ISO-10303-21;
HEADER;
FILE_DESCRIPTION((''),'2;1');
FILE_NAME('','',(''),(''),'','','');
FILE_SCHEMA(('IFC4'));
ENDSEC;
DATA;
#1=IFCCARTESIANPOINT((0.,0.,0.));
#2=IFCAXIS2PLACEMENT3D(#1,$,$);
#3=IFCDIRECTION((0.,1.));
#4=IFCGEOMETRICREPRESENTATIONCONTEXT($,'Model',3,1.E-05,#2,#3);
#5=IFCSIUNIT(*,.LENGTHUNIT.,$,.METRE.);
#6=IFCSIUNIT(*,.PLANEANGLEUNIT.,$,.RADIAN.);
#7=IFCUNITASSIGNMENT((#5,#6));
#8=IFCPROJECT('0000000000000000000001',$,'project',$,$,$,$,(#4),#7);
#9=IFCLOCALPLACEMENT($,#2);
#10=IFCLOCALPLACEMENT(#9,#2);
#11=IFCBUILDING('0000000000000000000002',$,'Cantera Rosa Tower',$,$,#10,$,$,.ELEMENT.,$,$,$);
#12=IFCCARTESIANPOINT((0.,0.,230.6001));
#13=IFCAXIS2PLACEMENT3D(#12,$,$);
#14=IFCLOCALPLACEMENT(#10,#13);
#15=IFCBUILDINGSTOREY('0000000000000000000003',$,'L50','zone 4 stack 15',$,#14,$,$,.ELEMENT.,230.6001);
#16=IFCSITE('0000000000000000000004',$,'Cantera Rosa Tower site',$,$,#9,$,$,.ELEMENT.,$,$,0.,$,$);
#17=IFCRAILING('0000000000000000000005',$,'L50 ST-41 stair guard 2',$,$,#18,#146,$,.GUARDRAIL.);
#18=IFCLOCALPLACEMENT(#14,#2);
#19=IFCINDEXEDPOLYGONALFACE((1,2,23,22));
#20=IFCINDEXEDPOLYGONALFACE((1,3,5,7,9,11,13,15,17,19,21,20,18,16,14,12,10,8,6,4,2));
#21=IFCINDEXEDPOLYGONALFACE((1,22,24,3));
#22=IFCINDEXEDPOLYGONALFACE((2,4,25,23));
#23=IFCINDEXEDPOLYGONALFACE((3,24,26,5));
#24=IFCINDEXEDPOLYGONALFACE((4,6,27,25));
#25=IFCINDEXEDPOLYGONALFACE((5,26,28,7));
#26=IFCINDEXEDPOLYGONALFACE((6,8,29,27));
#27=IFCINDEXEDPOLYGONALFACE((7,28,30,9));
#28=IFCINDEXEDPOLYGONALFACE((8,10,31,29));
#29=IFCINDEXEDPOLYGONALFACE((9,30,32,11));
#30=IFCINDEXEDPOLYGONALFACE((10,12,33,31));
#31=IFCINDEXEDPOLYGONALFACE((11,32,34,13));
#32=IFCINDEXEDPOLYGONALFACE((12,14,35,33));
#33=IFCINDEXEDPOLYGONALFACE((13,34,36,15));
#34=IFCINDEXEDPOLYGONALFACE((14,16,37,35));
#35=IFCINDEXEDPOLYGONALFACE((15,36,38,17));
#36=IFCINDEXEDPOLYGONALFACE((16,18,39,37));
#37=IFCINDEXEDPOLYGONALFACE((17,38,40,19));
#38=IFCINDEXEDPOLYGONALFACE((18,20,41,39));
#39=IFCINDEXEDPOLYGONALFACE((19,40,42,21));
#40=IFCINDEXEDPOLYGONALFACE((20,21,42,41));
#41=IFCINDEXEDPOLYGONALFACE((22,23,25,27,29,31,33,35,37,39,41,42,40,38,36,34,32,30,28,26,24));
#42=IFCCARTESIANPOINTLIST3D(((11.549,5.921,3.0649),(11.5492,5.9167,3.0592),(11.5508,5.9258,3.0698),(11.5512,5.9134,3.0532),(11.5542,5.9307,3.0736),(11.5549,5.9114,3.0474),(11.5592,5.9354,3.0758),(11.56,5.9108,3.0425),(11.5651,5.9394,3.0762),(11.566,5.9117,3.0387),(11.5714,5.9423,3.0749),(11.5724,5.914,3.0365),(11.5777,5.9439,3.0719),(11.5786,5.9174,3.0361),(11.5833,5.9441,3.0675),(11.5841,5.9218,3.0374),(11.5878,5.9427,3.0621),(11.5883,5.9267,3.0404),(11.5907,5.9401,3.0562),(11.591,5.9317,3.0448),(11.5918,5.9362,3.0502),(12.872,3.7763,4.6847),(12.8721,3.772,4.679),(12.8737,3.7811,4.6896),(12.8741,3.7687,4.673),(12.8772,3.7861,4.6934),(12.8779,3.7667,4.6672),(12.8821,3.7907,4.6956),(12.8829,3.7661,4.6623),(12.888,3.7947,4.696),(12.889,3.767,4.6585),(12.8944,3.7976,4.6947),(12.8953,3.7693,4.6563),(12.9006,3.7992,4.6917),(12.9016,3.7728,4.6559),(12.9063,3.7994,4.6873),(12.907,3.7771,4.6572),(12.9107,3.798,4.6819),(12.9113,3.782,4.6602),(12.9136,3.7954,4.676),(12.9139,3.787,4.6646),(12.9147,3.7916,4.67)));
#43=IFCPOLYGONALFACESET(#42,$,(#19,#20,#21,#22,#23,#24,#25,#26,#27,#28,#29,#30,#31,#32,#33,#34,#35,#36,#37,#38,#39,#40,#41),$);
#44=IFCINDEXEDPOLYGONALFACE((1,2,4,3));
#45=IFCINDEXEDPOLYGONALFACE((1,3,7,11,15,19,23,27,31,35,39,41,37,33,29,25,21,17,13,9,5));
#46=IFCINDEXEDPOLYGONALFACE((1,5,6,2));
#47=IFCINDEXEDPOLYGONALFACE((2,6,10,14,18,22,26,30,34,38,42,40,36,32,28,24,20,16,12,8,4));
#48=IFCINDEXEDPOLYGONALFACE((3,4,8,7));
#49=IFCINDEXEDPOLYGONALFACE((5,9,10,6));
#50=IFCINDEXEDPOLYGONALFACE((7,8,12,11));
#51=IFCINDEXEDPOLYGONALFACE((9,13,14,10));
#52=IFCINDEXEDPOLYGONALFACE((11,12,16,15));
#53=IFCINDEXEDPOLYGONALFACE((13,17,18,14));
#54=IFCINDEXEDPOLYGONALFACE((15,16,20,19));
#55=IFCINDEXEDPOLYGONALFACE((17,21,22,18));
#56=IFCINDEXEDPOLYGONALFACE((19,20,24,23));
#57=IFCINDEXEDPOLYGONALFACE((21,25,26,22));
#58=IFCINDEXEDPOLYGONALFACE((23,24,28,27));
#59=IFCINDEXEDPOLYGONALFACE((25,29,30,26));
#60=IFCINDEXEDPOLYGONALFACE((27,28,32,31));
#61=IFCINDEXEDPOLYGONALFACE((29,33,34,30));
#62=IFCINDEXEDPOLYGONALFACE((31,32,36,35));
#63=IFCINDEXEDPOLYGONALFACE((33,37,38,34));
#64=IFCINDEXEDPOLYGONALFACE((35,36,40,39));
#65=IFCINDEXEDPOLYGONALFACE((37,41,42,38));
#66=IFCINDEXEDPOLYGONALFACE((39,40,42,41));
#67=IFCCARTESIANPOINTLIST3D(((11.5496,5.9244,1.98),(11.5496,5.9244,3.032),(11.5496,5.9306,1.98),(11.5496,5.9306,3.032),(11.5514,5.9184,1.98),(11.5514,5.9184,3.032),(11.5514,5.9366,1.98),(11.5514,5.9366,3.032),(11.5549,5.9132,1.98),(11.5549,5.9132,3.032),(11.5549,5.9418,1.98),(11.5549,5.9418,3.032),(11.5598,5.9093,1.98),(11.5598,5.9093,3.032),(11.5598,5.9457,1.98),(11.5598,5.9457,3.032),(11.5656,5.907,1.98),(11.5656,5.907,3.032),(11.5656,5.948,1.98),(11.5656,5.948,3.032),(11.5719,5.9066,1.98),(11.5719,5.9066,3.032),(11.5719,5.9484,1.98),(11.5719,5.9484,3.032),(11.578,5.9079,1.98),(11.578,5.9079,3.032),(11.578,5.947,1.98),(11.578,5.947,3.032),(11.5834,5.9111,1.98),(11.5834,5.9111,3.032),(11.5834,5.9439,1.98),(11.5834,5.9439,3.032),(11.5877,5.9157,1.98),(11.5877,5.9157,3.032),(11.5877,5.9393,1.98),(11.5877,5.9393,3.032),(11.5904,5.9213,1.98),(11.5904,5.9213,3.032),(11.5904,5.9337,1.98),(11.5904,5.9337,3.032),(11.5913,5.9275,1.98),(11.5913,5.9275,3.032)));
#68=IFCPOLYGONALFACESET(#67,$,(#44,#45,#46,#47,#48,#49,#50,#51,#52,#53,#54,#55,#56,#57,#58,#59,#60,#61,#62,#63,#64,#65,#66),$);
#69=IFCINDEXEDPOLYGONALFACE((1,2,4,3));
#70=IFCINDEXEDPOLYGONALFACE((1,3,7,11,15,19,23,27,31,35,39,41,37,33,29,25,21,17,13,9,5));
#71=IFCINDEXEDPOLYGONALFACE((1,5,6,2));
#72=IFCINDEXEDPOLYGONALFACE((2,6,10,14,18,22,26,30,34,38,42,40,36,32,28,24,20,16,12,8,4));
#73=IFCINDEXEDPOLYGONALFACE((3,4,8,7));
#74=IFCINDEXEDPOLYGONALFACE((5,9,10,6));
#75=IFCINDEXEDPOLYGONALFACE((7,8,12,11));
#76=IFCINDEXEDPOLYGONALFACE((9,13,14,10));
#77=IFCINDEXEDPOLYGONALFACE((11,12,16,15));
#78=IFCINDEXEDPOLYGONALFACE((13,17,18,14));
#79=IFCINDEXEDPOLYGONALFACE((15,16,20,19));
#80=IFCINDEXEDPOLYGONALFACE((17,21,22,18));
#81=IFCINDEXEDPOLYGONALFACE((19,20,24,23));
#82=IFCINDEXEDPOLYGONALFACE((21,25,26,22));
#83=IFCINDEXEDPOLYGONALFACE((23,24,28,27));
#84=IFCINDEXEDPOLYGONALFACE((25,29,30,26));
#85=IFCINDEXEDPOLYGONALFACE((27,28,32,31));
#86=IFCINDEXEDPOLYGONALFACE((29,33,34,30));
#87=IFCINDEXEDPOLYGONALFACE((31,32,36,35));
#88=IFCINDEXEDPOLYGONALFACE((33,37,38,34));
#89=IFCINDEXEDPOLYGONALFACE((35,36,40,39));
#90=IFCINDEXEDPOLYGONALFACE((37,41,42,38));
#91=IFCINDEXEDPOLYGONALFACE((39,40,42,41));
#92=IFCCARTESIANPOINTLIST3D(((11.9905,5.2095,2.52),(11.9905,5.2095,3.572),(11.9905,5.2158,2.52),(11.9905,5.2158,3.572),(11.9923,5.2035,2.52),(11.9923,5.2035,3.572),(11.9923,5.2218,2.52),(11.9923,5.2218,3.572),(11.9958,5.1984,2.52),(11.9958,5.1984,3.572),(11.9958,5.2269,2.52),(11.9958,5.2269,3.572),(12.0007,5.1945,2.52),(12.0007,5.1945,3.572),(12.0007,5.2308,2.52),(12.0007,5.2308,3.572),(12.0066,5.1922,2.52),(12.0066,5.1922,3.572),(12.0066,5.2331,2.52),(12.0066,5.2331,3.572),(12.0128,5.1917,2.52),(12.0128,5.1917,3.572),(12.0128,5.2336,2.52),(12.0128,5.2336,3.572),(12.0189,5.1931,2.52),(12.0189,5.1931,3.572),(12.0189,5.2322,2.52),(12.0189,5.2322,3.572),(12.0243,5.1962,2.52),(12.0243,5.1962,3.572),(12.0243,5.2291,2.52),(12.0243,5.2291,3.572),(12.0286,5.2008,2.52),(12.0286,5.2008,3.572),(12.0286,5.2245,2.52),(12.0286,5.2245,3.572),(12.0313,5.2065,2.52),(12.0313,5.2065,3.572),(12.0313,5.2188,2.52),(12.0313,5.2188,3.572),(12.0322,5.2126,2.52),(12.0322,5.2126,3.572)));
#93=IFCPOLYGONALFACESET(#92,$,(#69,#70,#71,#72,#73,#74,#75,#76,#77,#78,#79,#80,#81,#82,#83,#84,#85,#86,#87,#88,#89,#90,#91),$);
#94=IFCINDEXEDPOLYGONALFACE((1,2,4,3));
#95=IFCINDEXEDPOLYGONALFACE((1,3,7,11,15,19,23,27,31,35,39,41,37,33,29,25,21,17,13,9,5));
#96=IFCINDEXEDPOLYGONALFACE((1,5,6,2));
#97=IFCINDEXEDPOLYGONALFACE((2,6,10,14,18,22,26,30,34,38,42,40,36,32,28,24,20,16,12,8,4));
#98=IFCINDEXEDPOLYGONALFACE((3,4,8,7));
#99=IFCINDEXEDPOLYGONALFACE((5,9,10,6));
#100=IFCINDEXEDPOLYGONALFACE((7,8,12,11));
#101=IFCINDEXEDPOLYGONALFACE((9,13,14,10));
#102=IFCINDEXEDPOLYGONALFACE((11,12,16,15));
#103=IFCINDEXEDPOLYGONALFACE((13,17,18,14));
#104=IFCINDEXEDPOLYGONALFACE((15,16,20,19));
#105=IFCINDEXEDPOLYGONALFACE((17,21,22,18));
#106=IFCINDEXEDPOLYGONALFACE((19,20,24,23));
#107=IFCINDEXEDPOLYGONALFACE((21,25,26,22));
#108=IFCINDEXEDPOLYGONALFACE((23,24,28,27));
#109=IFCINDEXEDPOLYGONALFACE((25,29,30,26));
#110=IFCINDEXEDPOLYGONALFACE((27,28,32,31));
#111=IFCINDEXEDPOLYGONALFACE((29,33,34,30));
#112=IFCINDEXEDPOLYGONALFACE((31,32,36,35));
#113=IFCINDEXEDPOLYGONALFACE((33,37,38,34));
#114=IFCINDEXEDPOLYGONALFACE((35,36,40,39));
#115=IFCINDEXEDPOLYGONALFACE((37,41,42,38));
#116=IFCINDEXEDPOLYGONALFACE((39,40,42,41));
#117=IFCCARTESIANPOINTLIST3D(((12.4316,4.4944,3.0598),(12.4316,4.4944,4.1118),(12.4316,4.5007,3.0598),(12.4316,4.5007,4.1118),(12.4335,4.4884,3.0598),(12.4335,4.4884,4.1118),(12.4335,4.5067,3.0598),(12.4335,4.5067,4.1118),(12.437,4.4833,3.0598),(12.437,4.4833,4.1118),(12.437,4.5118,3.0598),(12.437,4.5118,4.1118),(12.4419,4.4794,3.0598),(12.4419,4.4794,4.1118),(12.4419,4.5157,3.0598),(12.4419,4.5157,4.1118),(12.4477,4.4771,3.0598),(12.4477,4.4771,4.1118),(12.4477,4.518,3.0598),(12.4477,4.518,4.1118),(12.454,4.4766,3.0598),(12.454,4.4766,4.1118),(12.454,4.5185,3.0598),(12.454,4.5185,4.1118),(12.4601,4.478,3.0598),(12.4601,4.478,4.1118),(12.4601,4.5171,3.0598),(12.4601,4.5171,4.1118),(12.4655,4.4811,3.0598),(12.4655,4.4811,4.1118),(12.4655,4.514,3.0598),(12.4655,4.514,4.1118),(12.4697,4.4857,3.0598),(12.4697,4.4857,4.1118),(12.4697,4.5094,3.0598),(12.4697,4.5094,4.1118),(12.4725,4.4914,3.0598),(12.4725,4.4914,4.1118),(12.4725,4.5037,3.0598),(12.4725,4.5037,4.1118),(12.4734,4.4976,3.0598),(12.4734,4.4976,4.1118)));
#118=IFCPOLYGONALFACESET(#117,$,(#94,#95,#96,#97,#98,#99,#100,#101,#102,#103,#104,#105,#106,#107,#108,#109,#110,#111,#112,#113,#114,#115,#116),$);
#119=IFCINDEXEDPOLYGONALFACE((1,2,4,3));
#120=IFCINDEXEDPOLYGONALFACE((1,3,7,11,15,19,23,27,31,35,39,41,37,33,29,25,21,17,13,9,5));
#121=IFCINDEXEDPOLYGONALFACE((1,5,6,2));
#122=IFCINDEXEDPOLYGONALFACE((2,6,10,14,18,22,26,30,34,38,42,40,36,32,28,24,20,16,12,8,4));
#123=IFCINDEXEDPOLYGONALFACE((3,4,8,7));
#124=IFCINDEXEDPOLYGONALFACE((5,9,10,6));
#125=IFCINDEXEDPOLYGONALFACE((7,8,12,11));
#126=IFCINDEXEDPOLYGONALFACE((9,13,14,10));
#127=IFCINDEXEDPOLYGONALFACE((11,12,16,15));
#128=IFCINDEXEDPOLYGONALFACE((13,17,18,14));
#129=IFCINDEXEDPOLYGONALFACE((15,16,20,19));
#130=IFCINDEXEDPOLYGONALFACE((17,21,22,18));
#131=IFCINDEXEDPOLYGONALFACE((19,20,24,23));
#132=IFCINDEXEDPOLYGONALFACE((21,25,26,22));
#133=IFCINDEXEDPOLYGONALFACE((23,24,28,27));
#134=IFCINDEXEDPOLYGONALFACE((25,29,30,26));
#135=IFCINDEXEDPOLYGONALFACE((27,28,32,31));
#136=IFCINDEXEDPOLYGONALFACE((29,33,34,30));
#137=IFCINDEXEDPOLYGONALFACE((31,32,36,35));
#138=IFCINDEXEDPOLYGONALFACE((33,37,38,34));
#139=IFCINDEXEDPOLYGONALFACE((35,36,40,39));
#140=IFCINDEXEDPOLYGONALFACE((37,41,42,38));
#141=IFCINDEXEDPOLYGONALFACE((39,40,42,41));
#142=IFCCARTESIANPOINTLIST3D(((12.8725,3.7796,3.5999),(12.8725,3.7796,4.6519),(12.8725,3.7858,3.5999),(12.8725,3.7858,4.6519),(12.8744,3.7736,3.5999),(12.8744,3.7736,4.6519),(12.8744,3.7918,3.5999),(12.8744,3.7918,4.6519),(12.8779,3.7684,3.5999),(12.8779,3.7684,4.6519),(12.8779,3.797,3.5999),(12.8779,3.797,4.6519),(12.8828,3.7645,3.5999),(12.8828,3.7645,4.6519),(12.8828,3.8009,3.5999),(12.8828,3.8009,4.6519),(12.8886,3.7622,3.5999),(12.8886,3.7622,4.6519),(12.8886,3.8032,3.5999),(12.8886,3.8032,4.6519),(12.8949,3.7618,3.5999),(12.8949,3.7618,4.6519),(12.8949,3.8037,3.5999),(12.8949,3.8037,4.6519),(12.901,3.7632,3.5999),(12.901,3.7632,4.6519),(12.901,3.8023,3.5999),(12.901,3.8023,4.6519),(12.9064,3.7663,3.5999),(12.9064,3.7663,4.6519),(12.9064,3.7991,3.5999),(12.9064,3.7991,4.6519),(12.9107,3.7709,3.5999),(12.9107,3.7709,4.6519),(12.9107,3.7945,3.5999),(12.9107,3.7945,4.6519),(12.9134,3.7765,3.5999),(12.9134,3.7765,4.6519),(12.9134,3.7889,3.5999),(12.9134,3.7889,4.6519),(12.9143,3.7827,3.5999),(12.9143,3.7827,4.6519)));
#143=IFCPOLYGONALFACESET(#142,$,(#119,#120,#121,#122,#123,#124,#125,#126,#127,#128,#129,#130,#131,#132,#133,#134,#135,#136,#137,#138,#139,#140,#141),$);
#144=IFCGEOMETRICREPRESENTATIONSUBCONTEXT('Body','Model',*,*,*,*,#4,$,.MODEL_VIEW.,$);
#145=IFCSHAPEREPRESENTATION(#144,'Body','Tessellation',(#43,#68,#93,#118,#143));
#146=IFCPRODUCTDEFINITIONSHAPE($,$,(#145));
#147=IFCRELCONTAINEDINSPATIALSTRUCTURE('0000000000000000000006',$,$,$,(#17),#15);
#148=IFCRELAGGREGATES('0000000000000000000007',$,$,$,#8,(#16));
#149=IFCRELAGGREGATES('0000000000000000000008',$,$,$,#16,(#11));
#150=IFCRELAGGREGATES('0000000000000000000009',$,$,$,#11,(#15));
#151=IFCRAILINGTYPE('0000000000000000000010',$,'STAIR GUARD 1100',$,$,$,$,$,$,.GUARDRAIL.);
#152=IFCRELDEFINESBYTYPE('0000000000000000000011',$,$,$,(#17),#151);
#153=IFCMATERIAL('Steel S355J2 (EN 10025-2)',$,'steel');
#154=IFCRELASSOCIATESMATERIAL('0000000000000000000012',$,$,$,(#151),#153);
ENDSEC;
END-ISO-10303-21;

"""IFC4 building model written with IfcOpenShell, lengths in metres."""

from ifc_helpers import new_model, si_unit, direction, frame, origin, origin_2d, place, context, subcontext, project, spatial, circle, extrude, material, type_object, element, save


model = new_model("IFC4")

# Units and contexts
model_context = context("Model", 3, precision=1e-05, world=origin(), true_north=direction((0.0, 1.0)))
body_context = subcontext(model_context, "Body", "Model", "MODEL_VIEW")
ifc_project = project(units=[si_unit("LENGTHUNIT", "METRE"), si_unit("PLANEANGLEUNIT", "RADIAN")], contexts=[model_context])

# Site, building, storey
site_placement = place(None, origin())
site = spatial("IfcSite", under=ifc_project, at=site_placement, Name="Cantera Rosa Tower site", CompositionType="ELEMENT", RefElevation=0.0)
building_placement = place(site_placement, origin())
building = spatial("IfcBuilding", under=site, at=building_placement, Name="Cantera Rosa Tower", CompositionType="ELEMENT")
storey_placement = place(building_placement, frame((0.0, 0.0, 230.6001)))
storey = spatial("IfcBuildingStorey", under=building, at=storey_placement, Name="L50", Description="zone 4 stack 15", CompositionType="ELEMENT", Elevation=230.6001)

# Railing
ifc_material_1 = material(Name="Steel S355J2 (EN 10025-2)", Category="steel")
railing_type_1 = type_object("IfcRailingType", Name="STAIR GUARD 1100", PredefinedType="GUARDRAIL", material=ifc_material_1)
railing_1_placement = place(storey_placement, frame((11.5703, 5.9275, 1.98)))
element("IfcRailing", 1, at=railing_1_placement, inside=storey, type_object=railing_type_1, Name="L50 ST-41 stair guard 2", PredefinedType="GUARDRAIL", context=body_context, shape_type="SweptSolid", body=[
    extrude(circle(Radius=0.0239, at=origin_2d()), frame((0.0, 0.0, 1.0762), z_axis=(0.441629, -0.715945, 0.540728), x_axis=(0.851102, 0.525, 0.0)), (0.0, 0.0, 1.0), 2.9956),
    extrude(circle(Radius=0.021, at=origin_2d()), origin(), (0.0, 0.0, 1.0), 1.052),
    extrude(circle(Radius=0.021, at=origin_2d()), frame((0.4409, -0.7148, 0.54)), (0.0, 0.0, 1.0), 1.052),
    extrude(circle(Radius=0.021, at=origin_2d()), frame((0.8821, -1.4299, 1.0798)), (0.0, 0.0, 1.0), 1.052),
    extrude(circle(Radius=0.021, at=origin_2d()), frame((1.323, -2.1448, 1.6199)), (0.0, 0.0, 1.0), 1.052),
])

save(model, "model.ifc")
